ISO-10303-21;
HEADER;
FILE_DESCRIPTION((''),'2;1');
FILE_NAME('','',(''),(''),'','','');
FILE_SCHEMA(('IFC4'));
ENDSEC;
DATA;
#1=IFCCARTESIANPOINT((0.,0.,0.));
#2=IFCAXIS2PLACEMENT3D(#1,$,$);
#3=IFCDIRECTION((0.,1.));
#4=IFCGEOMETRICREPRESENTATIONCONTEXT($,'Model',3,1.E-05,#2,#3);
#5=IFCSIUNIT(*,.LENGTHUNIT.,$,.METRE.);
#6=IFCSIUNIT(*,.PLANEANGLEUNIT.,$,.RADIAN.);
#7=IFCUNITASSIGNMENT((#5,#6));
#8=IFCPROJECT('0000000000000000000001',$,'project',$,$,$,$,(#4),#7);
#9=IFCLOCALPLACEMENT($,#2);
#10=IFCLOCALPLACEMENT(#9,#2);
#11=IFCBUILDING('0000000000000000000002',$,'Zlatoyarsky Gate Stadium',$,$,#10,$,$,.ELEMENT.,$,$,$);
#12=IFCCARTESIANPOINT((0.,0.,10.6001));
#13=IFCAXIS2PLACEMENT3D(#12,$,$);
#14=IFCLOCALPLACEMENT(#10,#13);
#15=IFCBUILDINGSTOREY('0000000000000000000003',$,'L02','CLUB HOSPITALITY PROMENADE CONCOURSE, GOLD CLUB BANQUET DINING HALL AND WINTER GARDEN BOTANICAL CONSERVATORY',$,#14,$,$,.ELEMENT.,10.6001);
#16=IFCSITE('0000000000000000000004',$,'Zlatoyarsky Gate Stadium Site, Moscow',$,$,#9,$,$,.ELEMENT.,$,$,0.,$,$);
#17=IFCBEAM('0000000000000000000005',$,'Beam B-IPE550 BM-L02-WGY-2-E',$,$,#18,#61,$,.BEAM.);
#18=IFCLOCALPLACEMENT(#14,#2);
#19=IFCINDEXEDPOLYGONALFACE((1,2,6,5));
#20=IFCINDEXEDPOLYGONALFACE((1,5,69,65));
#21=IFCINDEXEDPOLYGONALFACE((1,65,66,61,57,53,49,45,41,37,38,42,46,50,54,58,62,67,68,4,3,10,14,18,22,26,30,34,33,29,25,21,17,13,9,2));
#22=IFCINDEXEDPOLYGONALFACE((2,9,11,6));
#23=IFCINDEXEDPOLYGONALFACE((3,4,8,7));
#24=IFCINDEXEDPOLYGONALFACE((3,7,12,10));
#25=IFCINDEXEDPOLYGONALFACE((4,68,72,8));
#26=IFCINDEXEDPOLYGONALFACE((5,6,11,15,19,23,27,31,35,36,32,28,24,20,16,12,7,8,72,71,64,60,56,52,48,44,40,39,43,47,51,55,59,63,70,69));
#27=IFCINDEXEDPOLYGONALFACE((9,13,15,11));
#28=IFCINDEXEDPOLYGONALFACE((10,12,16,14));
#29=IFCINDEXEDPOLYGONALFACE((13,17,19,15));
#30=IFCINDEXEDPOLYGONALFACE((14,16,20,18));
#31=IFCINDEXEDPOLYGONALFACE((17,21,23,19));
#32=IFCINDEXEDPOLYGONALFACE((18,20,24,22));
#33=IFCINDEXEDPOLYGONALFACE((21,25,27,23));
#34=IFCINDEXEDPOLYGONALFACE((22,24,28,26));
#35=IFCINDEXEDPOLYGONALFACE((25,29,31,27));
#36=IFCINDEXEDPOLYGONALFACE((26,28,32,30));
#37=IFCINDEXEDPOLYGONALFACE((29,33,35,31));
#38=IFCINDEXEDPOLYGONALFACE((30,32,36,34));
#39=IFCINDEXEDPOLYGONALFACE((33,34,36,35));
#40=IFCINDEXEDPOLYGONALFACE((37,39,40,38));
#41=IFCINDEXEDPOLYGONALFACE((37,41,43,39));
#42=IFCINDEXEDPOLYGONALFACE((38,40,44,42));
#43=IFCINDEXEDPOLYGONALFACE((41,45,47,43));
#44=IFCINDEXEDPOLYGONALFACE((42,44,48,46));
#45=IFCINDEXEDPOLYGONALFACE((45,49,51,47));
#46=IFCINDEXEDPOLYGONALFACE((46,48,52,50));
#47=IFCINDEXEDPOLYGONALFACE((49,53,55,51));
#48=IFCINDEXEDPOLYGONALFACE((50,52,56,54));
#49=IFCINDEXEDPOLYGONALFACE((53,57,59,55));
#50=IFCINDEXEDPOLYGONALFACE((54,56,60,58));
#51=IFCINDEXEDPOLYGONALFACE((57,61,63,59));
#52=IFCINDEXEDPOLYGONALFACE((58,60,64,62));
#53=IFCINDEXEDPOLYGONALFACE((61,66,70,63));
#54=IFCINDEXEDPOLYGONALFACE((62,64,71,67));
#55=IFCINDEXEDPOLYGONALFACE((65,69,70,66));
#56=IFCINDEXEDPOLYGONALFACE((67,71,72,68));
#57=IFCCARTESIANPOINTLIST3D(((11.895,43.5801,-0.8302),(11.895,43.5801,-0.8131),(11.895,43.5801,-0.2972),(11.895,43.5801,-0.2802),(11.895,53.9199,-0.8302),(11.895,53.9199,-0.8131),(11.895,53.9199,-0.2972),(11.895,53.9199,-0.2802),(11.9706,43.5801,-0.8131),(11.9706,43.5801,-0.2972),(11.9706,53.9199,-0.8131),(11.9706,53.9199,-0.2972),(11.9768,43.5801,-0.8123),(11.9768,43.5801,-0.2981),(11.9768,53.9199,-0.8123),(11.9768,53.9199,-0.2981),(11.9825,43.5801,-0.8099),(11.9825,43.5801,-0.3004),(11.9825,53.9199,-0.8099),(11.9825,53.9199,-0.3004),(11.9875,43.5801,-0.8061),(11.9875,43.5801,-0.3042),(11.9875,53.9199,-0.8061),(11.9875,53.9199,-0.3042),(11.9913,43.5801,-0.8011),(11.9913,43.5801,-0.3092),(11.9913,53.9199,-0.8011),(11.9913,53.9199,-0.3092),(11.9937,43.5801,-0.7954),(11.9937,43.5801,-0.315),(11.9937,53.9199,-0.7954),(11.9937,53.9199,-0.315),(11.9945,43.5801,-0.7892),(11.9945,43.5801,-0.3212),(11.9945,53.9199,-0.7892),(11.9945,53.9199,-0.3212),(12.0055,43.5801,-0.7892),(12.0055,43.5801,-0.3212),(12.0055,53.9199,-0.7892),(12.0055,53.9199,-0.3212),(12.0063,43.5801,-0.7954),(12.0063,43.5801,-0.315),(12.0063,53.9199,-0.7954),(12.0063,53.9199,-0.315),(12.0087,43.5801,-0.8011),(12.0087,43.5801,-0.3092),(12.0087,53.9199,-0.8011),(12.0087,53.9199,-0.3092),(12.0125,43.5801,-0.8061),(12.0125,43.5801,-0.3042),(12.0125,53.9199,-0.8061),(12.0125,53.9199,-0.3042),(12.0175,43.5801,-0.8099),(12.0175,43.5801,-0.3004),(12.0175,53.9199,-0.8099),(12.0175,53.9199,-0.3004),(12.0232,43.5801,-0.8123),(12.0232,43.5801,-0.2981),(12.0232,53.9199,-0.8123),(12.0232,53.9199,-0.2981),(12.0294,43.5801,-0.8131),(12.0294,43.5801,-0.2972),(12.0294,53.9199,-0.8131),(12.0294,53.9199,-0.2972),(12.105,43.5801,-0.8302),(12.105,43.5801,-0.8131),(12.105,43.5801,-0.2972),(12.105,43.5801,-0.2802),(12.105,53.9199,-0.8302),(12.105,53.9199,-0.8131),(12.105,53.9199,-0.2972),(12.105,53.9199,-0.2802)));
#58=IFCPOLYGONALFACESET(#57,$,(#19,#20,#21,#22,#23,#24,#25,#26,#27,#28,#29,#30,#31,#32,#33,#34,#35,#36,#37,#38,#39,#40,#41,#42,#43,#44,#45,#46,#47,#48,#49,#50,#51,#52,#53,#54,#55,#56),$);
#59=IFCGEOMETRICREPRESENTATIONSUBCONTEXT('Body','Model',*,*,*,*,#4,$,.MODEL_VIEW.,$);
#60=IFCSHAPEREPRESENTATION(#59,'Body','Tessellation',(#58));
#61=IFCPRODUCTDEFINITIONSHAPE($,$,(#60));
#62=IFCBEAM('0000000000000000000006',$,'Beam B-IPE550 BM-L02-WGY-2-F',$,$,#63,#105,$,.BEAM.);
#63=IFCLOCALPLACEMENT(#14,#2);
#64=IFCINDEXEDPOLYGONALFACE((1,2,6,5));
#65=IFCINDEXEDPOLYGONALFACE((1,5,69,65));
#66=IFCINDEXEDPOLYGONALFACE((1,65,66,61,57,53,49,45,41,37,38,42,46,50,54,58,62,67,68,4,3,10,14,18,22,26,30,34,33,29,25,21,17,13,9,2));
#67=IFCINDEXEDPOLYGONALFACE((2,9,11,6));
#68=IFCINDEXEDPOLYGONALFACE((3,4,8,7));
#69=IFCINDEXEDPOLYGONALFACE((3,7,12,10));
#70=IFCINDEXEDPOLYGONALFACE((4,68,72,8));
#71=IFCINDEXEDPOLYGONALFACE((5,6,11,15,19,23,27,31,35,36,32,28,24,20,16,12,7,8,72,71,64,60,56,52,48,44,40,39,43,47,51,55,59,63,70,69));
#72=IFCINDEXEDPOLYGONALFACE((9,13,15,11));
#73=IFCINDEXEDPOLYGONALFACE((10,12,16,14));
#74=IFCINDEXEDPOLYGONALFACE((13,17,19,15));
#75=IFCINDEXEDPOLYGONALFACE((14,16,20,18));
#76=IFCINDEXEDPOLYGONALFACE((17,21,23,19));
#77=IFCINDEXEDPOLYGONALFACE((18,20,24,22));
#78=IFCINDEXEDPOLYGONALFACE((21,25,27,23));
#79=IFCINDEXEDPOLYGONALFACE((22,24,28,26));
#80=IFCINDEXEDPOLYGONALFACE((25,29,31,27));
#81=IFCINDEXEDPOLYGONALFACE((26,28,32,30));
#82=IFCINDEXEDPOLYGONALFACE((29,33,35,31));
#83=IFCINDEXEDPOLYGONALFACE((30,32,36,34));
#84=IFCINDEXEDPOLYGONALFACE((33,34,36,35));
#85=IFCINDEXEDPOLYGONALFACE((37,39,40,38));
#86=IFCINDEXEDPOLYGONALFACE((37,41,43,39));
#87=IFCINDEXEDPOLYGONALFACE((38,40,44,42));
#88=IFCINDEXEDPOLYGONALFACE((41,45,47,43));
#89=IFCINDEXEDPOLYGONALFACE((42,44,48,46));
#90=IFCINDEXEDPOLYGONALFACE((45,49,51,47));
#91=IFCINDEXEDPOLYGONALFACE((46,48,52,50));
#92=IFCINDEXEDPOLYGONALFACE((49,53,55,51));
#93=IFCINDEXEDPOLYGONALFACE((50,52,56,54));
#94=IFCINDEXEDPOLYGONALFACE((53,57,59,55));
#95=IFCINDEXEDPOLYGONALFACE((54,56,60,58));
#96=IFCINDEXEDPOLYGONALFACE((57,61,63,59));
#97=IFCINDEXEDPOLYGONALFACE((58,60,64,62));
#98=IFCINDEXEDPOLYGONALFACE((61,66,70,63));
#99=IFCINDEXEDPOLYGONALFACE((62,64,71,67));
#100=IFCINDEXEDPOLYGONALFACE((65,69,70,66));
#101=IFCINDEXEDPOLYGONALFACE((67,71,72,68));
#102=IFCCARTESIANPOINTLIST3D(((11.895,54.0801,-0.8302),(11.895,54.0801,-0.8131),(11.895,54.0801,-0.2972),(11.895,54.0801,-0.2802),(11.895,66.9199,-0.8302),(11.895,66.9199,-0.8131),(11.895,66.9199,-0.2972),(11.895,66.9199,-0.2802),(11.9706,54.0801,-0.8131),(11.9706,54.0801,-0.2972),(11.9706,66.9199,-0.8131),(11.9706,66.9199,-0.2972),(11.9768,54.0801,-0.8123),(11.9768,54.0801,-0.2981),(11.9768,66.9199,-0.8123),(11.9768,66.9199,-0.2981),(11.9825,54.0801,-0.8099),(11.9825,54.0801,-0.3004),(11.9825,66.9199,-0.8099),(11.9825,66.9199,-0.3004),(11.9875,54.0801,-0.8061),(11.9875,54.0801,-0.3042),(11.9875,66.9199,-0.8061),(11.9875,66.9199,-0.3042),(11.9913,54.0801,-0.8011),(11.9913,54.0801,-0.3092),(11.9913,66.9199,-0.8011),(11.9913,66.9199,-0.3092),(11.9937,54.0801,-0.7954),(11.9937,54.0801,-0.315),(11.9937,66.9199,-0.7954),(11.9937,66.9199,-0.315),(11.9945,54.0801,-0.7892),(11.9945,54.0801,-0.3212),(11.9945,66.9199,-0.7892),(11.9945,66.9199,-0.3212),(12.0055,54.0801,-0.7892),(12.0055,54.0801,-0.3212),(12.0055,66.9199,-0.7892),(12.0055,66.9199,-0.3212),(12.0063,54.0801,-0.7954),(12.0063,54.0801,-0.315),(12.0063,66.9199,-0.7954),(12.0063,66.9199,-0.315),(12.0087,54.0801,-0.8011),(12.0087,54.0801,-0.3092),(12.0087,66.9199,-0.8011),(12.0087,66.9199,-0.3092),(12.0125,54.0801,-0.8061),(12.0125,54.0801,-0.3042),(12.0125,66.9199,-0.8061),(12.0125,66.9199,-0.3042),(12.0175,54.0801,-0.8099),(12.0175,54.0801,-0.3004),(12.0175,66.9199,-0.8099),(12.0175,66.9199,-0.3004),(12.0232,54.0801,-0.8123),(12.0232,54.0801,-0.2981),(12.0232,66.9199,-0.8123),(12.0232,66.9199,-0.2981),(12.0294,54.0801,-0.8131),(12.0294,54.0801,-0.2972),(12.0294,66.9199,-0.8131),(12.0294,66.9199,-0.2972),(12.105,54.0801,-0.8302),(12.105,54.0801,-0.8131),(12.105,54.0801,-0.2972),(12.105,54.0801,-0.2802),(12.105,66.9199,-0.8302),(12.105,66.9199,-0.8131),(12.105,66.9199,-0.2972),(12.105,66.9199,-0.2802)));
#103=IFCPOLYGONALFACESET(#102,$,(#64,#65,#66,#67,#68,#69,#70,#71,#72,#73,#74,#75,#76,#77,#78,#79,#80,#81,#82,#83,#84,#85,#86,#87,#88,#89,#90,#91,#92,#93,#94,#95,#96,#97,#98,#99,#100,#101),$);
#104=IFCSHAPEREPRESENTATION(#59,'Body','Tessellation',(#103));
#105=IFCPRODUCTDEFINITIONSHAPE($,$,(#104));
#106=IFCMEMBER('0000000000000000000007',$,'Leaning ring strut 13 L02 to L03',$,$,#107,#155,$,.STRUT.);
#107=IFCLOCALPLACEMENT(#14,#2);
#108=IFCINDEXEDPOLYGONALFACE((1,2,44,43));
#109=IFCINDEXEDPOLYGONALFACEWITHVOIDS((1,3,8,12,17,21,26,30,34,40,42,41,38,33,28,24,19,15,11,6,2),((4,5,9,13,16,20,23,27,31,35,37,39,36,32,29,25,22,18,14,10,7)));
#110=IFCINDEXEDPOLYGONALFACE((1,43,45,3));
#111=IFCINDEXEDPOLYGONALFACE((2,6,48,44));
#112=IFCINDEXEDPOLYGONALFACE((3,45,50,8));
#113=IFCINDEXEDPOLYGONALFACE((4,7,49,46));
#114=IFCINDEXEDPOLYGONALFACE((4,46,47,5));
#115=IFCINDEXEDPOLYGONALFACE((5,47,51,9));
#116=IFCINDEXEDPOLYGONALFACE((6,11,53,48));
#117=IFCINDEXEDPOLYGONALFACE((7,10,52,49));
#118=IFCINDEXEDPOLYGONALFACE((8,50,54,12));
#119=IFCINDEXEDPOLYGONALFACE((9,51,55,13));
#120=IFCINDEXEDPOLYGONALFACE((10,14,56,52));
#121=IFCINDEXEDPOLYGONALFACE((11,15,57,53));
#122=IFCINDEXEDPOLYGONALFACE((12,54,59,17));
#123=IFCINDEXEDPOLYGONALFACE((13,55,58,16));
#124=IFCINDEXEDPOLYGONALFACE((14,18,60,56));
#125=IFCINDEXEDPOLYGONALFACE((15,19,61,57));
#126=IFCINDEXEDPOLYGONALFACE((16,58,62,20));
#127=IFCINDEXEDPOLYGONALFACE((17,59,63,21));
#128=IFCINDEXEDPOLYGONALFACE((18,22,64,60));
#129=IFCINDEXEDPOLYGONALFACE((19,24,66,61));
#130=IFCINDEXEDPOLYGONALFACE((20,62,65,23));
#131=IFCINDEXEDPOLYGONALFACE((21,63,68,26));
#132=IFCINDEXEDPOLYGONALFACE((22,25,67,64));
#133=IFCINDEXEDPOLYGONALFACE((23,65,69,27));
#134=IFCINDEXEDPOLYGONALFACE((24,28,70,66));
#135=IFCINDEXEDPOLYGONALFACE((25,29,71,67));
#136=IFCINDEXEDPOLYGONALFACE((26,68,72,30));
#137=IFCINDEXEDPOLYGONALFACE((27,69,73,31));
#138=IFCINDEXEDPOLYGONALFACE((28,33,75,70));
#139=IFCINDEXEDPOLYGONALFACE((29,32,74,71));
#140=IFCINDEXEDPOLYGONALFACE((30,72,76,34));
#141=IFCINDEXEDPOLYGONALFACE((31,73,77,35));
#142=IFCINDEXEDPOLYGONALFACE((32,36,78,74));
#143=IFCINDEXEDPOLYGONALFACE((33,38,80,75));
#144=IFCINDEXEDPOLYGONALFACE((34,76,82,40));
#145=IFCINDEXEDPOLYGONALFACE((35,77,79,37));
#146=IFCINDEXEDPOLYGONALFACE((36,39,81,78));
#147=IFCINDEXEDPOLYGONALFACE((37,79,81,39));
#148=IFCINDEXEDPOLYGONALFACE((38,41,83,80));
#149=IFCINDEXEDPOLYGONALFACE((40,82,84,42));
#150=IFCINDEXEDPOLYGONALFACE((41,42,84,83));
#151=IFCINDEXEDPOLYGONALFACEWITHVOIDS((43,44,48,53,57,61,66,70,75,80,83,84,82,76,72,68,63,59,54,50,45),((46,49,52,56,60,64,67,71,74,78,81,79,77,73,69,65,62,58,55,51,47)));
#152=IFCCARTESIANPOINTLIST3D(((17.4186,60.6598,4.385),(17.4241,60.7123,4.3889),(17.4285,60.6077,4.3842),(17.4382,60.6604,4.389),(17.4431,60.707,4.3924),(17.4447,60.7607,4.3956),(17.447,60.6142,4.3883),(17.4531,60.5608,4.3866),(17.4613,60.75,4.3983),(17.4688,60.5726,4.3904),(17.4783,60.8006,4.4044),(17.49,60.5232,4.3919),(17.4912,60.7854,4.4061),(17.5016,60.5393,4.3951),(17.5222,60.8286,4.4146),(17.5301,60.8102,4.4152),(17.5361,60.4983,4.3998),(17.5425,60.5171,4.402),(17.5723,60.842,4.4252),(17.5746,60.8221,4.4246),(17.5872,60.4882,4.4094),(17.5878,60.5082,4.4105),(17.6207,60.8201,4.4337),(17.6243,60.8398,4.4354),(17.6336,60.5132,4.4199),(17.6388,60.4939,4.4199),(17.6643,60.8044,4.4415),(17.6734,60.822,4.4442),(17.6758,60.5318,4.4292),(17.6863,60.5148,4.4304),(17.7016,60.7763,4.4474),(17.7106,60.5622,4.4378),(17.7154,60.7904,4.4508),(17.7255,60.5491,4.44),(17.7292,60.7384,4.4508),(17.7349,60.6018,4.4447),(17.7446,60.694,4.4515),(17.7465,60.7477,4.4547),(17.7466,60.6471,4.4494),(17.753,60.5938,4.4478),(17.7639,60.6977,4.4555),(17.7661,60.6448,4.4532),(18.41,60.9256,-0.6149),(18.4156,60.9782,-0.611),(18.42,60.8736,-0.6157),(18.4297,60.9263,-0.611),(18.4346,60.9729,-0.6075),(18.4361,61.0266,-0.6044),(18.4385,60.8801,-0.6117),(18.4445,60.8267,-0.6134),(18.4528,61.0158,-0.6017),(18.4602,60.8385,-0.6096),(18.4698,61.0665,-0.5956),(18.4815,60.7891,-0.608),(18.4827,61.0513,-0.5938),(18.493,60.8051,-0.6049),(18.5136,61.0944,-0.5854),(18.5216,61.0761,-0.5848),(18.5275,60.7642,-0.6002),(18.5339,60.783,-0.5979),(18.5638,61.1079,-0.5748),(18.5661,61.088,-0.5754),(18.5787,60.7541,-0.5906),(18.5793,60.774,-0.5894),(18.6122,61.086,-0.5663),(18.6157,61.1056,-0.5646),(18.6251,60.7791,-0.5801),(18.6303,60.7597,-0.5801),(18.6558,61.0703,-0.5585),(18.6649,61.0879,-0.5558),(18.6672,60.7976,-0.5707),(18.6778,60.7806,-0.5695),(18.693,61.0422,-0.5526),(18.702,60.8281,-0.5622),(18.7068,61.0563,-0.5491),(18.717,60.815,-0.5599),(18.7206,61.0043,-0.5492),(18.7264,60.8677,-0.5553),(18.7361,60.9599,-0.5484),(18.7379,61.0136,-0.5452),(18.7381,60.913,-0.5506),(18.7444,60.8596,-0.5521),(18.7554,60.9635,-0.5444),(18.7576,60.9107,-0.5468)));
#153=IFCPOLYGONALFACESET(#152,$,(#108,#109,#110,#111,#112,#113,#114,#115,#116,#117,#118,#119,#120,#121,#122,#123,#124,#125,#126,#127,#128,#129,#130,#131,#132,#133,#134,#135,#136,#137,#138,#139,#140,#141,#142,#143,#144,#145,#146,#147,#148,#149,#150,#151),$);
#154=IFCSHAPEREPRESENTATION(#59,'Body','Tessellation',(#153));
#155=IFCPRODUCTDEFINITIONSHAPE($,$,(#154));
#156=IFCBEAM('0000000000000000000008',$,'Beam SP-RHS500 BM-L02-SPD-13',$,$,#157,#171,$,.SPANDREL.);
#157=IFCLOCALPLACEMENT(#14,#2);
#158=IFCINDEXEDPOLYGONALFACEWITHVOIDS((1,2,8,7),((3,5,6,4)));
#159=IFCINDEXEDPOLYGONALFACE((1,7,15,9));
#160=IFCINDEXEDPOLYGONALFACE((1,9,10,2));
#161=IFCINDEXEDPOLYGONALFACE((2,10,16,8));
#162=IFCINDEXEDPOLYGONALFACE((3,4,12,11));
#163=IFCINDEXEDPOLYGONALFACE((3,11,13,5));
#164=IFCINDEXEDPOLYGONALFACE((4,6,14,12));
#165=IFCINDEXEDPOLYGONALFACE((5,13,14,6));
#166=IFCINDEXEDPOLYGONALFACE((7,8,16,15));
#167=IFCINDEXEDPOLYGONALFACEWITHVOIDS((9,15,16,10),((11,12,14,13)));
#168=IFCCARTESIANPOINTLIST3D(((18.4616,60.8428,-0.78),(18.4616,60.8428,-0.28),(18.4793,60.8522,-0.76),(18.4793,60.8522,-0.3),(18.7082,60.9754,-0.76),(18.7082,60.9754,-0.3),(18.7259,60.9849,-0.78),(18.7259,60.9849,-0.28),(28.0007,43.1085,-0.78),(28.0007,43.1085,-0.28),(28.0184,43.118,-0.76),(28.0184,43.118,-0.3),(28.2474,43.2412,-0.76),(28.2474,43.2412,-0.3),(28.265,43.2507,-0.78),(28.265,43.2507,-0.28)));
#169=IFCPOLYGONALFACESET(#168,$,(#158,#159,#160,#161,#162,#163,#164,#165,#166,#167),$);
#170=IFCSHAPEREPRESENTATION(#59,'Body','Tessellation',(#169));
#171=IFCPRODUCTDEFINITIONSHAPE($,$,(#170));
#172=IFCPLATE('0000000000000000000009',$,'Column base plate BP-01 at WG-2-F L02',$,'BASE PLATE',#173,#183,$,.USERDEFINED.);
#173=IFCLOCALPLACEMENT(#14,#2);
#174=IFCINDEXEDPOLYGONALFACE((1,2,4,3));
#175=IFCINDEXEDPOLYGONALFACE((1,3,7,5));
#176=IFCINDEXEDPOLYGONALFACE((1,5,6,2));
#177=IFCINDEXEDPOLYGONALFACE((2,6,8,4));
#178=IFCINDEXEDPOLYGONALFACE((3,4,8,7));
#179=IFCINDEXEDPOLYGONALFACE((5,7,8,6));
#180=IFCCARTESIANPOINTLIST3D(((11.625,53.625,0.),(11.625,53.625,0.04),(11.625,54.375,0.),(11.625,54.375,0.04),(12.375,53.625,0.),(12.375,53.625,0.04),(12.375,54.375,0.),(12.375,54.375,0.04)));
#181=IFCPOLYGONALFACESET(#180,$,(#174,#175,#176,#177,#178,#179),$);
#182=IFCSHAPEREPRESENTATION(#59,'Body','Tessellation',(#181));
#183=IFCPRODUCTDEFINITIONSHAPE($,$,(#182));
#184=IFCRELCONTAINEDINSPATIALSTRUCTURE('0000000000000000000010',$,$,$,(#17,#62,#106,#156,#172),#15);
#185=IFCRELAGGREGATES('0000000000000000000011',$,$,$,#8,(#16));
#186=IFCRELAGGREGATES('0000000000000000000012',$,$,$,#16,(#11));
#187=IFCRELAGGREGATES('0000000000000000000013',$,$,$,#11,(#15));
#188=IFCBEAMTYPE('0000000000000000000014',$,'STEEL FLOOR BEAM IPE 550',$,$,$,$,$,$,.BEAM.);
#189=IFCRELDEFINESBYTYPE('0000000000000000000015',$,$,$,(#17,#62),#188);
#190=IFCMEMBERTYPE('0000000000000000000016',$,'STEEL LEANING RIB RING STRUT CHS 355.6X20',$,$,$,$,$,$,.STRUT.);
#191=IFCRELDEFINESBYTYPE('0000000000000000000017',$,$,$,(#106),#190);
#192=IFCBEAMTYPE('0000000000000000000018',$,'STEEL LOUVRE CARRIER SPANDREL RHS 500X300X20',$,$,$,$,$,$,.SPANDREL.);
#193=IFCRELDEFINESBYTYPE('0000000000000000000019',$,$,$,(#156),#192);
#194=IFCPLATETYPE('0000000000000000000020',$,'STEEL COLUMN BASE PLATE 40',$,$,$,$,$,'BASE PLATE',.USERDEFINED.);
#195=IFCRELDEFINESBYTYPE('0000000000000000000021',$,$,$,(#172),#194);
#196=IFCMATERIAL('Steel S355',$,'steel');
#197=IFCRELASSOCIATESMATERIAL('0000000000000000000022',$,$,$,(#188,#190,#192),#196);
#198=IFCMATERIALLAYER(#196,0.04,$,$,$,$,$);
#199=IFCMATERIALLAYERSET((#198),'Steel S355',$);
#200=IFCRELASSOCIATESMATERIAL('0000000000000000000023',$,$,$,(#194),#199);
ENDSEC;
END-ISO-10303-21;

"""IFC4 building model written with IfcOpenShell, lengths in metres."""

from ifc_helpers import new_model, si_unit, direction, frame, origin, origin_2d, place, context, subcontext, project, spatial, rectangle, hollow_rectangle, hollow_circle, i_section, extrude, material, layer, layer_set, material_profile, profile_set, type_object, element, save


model = new_model("IFC4")

# Units and contexts
model_context = context("Model", 3, precision=1e-05, world=origin(), true_north=direction((0.0, 1.0)))
body_context = subcontext(model_context, "Body", "Model", "MODEL_VIEW")
ifc_project = project(units=[si_unit("LENGTHUNIT", "METRE"), si_unit("PLANEANGLEUNIT", "RADIAN")], contexts=[model_context])

# Site, building, storey
site_placement = place(None, origin())
site = spatial("IfcSite", under=ifc_project, at=site_placement, Name="Zlatoyarsky Gate Stadium Site, Moscow", CompositionType="ELEMENT", RefElevation=0.0)
building_placement = place(site_placement, origin())
building = spatial("IfcBuilding", under=site, at=building_placement, Name="Zlatoyarsky Gate Stadium", CompositionType="ELEMENT")
storey_placement = place(building_placement, frame((0.0, 0.0, 10.6001)))
storey = spatial("IfcBuildingStorey", under=building, at=storey_placement, Name="L02", Description="CLUB HOSPITALITY PROMENADE CONCOURSE, GOLD CLUB BANQUET DINING HALL AND WINTER GARDEN BOTANICAL CONSERVATORY", CompositionType="ELEMENT", Elevation=10.6001)

# Shared definitions
ifc_material_1 = material(Name="Steel S355", Category="steel")

# Beams
ifc_material_profile_1 = material_profile(ifc_material_1, i_section(OverallWidth=0.21, OverallDepth=0.55, WebThickness=0.011, FlangeThickness=0.0171, FilletRadius=0.0239, at=origin_2d()), Name="IPE 550")
ifc_profile_set_1 = profile_set([ifc_material_profile_1], Name="Steel S355")
beam_type_1 = type_object("IfcBeamType", Name="STEEL FLOOR BEAM IPE 550", PredefinedType="BEAM", material=ifc_profile_set_1)
beam_1_placement = place(storey_placement, frame((12.0, 43.5801, -0.5552), z_axis=(0.0, 1.0, 0.0), x_axis=(-1.0, 0.0, 0.0)))
element("IfcBeam", 1, at=beam_1_placement, inside=storey, type_object=beam_type_1, Name="Beam B-IPE550 BM-L02-WGY-2-E", PredefinedType="BEAM", context=body_context, shape_type="SweptSolid", body=[
    extrude(i_section(OverallWidth=0.21, OverallDepth=0.55, WebThickness=0.011, FlangeThickness=0.0171, FilletRadius=0.0239, at=origin_2d()), origin(), (0.0, 0.0, 1.0), 10.3398),
])
beam_2_placement = place(storey_placement, frame((12.0, 54.0801, -0.5552), z_axis=(0.0, 1.0, 0.0), x_axis=(-1.0, 0.0, 0.0)))
element("IfcBeam", 2, at=beam_2_placement, inside=storey, type_object=beam_type_1, Name="Beam B-IPE550 BM-L02-WGY-2-F", PredefinedType="BEAM", context=body_context, shape_type="SweptSolid", body=[
    extrude(i_section(OverallWidth=0.21, OverallDepth=0.55, WebThickness=0.011, FlangeThickness=0.0171, FilletRadius=0.0239, at=origin_2d()), origin(), (0.0, 0.0, 1.0), 12.8398),
])

# Member
ifc_material_profile_2 = material_profile(ifc_material_1, hollow_circle(Radius=0.1777, WallThickness=0.02, at=origin_2d()), Name="CHS 355.6X20")
ifc_profile_set_2 = profile_set([ifc_material_profile_2], Name="Steel S355")
member_type_1 = type_object("IfcMemberType", Name="STEEL LEANING RIB RING STRUT CHS 355.6X20", PredefinedType="STRUT", material=ifc_profile_set_2)
member_1_placement = place(storey_placement, frame((18.5842, 60.9314, -0.5801), z_axis=(-0.19424, -0.052087, 0.97957), x_axis=(0.25901, -0.965875, 0.0)))
element("IfcMember", 3, at=member_1_placement, inside=storey, type_object=member_type_1, Name="Leaning ring strut 13 L02 to L03", PredefinedType="STRUT", context=body_context, shape_type="SweptSolid", body=[
    extrude(hollow_circle(Radius=0.1777, WallThickness=0.02, at=origin_2d()), origin(), (0.0, 0.0, 1.0), 5.1042),
])

# Beam
ifc_material_profile_3 = material_profile(ifc_material_1, hollow_rectangle(XDim=0.3, YDim=0.5, WallThickness=0.02, at=origin_2d()), Name="RHS 500X300X20")
ifc_profile_set_3 = profile_set([ifc_material_profile_3], Name="Steel S355")
beam_type_2 = type_object("IfcBeamType", Name="STEEL LOUVRE CARRIER SPANDREL RHS 500X300X20", PredefinedType="SPANDREL", material=ifc_profile_set_3)
beam_3_placement = place(storey_placement, frame((18.5938, 60.9138, -0.53), z_axis=(0.473712, -0.88068, 0.0), x_axis=(0.88068, 0.473712, 0.0)))
element("IfcBeam", 4, at=beam_3_placement, inside=storey, type_object=beam_type_2, Name="Beam SP-RHS500 BM-L02-SPD-13", PredefinedType="SPANDREL", context=body_context, shape_type="SweptSolid", body=[
    extrude(hollow_rectangle(XDim=0.3, YDim=0.5, WallThickness=0.02, at=origin_2d()), origin(), (0.0, 0.0, 1.0), 20.137),
])

# Plate
ifc_layer_1 = layer(ifc_material_1, 0.04)
ifc_layer_set_1 = layer_set([ifc_layer_1], Name="Steel S355")
plate_type_1 = type_object("IfcPlateType", Name="STEEL COLUMN BASE PLATE 40", ElementType="BASE PLATE", PredefinedType="USERDEFINED", material=ifc_layer_set_1)
plate_1_placement = place(storey_placement, frame((12.0, 54.0, 0.0), z_axis=(0.0, 0.0, 1.0), x_axis=(1.0, 0.0, 0.0)))
element("IfcPlate", 5, at=plate_1_placement, inside=storey, type_object=plate_type_1, Name="Column base plate BP-01 at WG-2-F L02", ObjectType="BASE PLATE", PredefinedType="USERDEFINED", context=body_context, shape_type="SweptSolid", body=[
    extrude(rectangle(XDim=0.75, YDim=0.75, at=origin_2d()), origin(), (0.0, 0.0, 1.0), 0.04),
])

save(model, "model.ifc")
